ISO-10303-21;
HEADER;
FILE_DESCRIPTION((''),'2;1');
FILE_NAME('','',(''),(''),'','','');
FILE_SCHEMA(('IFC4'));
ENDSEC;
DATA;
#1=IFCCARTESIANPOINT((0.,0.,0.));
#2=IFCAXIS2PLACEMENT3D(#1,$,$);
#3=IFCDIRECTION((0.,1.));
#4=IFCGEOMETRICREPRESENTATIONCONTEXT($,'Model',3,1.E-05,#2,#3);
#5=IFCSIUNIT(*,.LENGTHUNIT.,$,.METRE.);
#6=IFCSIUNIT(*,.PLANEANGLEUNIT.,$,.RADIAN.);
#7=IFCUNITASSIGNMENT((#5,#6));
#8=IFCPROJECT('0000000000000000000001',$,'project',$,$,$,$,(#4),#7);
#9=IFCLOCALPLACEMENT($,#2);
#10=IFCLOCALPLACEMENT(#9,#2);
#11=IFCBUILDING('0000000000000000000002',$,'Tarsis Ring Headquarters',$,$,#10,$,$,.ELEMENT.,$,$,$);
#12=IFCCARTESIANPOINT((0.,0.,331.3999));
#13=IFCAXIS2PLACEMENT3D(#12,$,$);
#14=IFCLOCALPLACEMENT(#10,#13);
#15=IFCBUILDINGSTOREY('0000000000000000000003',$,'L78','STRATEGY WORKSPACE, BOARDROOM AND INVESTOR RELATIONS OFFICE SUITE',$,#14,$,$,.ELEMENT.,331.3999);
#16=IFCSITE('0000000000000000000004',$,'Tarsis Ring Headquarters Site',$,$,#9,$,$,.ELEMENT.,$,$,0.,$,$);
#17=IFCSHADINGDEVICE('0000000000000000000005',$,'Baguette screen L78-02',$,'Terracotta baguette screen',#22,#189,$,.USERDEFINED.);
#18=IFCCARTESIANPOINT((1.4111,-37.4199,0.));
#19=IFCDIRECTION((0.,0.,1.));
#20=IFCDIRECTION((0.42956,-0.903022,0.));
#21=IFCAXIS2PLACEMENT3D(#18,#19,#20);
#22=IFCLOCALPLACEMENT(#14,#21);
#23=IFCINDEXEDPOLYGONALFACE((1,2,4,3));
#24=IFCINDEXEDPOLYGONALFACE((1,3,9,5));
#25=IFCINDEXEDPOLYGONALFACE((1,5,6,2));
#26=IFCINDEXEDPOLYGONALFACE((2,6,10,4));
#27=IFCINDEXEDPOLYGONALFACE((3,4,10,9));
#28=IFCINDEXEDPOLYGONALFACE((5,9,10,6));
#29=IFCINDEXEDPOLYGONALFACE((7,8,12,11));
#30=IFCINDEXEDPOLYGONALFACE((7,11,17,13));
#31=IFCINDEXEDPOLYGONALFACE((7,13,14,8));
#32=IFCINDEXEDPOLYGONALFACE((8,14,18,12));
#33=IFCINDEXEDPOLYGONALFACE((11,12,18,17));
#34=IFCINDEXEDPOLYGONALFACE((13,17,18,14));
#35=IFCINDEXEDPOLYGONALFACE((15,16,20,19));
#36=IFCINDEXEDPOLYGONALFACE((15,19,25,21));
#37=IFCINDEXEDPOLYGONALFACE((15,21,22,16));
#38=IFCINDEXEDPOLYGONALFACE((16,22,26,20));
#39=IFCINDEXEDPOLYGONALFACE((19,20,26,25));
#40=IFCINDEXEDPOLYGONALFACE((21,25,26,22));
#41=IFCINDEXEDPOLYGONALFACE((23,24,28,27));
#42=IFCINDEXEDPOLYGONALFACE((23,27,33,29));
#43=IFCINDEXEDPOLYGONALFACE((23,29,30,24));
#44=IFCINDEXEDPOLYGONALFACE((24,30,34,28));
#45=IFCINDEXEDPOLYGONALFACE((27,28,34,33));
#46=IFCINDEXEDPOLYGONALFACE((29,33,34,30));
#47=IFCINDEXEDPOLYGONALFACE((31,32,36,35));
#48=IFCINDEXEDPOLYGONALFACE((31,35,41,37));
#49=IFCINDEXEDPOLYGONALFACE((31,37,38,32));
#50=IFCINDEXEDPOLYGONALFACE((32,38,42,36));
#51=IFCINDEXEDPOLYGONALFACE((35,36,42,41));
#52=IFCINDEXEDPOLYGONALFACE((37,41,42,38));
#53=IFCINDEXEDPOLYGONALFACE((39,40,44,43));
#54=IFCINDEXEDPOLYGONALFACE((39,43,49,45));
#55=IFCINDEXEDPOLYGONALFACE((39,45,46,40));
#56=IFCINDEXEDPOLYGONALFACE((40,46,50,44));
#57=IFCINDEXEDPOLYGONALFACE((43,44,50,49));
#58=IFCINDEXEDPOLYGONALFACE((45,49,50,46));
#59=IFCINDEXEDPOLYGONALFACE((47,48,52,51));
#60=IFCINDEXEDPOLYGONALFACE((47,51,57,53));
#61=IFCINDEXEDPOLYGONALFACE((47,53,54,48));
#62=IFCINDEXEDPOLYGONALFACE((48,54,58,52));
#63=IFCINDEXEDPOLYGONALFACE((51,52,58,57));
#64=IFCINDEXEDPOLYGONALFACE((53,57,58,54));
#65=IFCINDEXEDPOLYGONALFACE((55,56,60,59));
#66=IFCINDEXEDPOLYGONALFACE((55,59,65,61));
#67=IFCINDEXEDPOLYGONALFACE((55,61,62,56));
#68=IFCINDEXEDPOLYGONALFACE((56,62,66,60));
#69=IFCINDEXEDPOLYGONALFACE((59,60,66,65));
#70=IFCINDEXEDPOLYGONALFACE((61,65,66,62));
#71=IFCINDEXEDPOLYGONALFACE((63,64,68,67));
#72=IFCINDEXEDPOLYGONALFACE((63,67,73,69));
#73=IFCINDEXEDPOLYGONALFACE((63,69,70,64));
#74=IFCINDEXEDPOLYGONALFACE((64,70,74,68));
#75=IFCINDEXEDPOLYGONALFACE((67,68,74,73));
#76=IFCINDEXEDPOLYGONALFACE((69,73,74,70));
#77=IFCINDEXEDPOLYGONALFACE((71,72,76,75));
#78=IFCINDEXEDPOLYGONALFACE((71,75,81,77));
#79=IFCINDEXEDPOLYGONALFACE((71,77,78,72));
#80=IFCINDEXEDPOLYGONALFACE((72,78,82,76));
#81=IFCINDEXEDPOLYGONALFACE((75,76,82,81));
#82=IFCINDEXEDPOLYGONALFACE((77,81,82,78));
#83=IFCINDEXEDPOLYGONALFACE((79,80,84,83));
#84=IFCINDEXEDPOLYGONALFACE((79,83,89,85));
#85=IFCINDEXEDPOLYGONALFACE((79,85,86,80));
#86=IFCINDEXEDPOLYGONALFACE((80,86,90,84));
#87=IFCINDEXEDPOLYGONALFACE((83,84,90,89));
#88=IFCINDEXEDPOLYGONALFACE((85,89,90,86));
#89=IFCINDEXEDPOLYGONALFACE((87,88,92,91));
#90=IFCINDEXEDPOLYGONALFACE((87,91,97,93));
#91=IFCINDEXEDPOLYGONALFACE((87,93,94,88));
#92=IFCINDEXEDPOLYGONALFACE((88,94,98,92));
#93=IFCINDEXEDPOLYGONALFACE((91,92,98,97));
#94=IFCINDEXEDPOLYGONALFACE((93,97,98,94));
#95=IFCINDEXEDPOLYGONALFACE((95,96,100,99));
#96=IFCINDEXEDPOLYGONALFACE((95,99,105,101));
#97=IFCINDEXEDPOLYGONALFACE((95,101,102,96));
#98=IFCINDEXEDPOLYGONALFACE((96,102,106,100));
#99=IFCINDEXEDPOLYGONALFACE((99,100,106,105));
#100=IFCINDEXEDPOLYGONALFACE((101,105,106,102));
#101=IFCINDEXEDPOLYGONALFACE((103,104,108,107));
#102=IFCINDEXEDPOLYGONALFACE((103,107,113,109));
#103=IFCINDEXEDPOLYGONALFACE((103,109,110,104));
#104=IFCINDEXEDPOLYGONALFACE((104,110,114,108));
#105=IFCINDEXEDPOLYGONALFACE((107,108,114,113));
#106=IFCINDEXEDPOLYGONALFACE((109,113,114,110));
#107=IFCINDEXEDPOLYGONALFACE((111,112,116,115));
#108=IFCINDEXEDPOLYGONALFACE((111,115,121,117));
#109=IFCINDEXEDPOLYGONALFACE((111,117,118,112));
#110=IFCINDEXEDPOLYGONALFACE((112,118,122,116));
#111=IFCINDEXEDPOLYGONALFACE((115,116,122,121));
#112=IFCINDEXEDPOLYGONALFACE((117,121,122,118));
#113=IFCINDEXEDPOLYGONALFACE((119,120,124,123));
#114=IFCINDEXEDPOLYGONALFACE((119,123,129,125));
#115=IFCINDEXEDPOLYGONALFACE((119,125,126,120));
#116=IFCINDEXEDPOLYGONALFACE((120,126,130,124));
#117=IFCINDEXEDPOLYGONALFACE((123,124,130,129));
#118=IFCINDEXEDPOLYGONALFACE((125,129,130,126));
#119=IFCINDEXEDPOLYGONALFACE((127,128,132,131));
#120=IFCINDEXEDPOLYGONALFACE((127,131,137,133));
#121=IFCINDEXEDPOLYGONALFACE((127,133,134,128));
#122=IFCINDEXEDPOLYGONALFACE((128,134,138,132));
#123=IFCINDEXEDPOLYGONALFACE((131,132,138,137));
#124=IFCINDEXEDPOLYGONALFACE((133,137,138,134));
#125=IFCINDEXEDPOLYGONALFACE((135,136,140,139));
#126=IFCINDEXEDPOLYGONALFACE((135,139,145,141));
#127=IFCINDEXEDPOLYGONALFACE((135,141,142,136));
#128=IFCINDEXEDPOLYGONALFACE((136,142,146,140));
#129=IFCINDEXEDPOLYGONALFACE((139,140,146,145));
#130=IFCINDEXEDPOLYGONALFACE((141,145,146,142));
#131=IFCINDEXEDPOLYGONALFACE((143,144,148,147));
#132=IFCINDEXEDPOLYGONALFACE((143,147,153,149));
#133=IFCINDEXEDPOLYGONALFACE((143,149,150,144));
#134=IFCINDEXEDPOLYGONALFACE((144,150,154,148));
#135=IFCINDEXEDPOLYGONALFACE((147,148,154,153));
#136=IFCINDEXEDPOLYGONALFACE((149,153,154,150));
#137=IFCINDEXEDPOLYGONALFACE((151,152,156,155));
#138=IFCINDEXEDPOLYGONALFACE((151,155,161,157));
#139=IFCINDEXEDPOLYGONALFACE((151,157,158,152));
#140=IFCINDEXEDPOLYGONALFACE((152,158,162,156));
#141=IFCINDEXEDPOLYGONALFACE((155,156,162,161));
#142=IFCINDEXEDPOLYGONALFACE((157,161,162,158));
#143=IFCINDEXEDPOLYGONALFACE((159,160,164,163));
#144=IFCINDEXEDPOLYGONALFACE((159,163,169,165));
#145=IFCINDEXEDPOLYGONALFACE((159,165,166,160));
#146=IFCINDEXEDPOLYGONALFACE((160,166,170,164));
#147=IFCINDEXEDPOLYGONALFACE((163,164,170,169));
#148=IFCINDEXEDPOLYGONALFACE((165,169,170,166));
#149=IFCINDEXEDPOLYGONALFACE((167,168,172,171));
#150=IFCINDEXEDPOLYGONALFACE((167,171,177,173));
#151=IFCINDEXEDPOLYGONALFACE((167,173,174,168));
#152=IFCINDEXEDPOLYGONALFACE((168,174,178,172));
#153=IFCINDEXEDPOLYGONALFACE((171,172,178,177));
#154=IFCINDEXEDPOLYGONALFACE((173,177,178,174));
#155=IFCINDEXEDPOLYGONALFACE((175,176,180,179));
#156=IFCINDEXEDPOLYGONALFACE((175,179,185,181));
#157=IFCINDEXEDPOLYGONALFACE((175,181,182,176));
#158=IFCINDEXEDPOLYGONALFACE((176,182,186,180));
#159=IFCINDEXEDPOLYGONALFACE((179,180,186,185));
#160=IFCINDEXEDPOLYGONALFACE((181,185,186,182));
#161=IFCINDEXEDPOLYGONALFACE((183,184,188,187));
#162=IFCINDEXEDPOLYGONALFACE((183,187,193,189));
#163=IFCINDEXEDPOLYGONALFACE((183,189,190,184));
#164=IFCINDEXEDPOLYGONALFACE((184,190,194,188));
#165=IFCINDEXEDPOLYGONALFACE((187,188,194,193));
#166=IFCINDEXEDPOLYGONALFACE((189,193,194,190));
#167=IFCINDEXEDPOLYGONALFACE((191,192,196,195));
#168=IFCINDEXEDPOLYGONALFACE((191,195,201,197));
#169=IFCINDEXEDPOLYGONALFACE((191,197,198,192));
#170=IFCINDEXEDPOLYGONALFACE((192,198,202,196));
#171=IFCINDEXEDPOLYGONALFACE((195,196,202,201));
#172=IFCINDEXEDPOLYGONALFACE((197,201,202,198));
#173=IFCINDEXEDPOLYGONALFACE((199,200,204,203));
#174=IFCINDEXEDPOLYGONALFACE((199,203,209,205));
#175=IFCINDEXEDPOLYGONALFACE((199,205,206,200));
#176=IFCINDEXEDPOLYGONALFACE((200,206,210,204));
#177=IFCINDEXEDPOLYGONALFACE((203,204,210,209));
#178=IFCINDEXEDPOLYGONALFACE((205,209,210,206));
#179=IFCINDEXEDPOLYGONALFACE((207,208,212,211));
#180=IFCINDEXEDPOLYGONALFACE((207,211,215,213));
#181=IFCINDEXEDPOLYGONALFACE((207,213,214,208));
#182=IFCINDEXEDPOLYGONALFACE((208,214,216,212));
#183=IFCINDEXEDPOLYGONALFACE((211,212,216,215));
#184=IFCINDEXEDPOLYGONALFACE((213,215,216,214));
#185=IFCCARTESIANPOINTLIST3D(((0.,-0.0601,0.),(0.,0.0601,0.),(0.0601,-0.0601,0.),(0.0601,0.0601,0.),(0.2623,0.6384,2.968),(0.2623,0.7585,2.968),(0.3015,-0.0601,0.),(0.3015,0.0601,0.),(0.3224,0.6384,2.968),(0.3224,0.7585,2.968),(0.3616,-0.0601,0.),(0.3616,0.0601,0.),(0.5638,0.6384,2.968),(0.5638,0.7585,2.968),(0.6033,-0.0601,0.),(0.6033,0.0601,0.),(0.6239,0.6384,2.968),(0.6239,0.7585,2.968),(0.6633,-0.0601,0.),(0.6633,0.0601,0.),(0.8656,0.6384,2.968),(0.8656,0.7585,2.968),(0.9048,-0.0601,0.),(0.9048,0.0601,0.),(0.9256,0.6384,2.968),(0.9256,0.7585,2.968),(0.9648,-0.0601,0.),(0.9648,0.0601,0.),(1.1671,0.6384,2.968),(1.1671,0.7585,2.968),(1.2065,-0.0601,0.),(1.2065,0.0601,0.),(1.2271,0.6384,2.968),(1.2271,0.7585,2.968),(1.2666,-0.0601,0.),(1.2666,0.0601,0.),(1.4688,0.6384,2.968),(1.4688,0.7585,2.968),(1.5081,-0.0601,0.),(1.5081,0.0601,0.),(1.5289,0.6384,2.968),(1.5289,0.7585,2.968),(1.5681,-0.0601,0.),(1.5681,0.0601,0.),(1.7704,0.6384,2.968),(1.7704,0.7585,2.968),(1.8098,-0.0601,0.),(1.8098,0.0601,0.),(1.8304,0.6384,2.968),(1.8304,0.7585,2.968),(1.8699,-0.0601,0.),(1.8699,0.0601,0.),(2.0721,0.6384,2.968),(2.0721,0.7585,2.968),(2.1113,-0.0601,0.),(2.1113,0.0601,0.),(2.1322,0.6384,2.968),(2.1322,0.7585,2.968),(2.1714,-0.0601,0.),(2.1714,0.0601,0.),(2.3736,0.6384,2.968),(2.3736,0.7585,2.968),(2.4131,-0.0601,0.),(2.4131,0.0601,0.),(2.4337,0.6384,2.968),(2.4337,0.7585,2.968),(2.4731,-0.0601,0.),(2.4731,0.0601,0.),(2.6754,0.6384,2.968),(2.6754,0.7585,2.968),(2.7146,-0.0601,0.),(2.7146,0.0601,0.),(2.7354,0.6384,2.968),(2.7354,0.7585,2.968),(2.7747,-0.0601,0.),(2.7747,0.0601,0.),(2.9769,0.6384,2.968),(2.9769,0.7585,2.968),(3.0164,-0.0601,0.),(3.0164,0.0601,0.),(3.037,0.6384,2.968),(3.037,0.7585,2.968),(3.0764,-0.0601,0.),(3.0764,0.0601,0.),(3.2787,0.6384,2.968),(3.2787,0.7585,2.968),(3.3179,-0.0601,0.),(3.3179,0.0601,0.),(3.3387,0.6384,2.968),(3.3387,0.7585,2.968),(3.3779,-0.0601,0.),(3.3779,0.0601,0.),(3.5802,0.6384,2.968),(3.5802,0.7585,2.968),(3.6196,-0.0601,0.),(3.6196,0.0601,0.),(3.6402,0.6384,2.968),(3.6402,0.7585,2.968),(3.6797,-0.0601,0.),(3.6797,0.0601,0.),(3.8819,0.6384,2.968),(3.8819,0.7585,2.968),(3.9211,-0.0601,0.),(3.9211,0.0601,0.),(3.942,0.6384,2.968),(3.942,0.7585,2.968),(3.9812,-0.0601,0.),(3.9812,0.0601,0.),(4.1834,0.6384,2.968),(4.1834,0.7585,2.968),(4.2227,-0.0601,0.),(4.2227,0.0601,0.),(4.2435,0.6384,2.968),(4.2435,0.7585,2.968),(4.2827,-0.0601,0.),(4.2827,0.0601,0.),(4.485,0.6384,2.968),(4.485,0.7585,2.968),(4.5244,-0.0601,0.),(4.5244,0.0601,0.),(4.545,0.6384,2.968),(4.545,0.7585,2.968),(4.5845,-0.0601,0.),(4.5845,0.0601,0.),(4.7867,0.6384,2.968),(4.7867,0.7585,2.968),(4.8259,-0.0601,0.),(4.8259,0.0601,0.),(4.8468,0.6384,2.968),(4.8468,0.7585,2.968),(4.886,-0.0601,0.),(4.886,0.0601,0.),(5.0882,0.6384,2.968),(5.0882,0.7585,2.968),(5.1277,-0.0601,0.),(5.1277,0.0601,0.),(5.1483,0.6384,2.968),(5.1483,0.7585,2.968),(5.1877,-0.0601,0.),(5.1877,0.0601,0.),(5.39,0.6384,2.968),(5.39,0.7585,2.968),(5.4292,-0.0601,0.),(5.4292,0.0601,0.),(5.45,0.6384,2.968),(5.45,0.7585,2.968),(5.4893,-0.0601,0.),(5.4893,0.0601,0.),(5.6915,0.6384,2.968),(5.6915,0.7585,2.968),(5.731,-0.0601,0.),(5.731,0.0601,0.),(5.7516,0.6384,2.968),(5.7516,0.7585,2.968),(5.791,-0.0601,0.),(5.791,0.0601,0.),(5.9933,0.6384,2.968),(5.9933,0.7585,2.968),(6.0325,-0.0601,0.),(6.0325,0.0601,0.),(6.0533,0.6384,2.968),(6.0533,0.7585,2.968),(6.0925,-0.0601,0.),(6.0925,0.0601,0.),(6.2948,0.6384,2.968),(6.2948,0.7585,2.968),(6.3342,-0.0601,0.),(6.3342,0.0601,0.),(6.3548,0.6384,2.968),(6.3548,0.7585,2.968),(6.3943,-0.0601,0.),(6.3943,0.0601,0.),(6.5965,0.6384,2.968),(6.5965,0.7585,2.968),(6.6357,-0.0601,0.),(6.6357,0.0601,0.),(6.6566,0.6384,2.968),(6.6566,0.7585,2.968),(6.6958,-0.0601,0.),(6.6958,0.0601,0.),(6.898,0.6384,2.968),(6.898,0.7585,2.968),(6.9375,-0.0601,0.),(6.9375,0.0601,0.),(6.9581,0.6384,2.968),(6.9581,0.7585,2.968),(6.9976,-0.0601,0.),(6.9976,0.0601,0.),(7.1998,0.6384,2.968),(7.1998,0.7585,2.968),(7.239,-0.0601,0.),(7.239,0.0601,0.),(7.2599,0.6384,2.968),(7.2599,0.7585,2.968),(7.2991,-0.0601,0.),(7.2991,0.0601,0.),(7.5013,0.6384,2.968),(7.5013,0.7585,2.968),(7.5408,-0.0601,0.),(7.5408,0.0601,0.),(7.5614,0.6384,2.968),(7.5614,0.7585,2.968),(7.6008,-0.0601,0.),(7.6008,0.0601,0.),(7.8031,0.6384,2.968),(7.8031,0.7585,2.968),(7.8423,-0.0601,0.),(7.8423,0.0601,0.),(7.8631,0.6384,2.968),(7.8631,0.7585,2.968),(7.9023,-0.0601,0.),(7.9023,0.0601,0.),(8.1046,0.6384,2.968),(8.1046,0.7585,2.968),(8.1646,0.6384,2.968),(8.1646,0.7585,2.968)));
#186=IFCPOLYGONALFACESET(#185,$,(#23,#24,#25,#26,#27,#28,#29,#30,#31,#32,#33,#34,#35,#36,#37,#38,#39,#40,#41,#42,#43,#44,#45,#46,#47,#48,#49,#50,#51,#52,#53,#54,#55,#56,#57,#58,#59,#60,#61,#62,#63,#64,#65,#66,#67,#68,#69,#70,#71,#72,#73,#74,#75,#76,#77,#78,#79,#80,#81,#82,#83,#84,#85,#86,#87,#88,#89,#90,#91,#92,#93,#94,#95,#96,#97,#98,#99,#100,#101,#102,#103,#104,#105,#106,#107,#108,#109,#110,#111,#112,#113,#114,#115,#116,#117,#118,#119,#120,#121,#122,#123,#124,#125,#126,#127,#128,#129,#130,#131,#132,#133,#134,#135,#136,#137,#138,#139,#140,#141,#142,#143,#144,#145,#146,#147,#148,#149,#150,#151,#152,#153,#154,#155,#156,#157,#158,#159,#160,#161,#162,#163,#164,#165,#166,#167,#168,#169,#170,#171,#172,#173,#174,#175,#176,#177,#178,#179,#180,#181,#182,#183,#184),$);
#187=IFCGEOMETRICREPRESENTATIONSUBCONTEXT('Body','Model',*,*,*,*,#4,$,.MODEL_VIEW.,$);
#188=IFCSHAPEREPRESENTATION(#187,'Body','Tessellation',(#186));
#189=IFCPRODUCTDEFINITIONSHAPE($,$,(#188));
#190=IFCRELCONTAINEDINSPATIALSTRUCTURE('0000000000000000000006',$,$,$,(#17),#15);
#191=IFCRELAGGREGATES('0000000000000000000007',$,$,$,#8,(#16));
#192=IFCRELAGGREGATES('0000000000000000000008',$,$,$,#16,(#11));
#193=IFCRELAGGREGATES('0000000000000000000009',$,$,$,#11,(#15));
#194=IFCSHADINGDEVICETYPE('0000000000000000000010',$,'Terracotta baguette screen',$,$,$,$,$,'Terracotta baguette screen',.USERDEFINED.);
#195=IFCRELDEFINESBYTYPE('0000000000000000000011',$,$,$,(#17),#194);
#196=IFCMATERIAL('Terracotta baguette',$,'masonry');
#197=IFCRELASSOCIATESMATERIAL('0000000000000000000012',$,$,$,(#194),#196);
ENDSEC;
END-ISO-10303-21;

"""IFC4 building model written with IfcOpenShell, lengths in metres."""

from ifc_helpers import new_model, si_unit, direction, frame, frame_2d, origin, place, context, subcontext, project, spatial, rectangle, composite_profile, extrude, material, type_object, element, save


model = new_model("IFC4")

# Units and contexts
model_context = context("Model", 3, precision=1e-05, world=origin(), true_north=direction((0.0, 1.0)))
body_context = subcontext(model_context, "Body", "Model", "MODEL_VIEW")
ifc_project = project(units=[si_unit("LENGTHUNIT", "METRE"), si_unit("PLANEANGLEUNIT", "RADIAN")], contexts=[model_context])

# Site, building, storey
site_placement = place(None, origin())
site = spatial("IfcSite", under=ifc_project, at=site_placement, Name="Tarsis Ring Headquarters Site", CompositionType="ELEMENT", RefElevation=0.0)
building_placement = place(site_placement, origin())
building = spatial("IfcBuilding", under=site, at=building_placement, Name="Tarsis Ring Headquarters", CompositionType="ELEMENT")
storey_placement = place(building_placement, frame((0.0, 0.0, 331.3999)))
storey = spatial("IfcBuildingStorey", under=building, at=storey_placement, Name="L78", Description="STRATEGY WORKSPACE, BOARDROOM AND INVESTOR RELATIONS OFFICE SUITE", CompositionType="ELEMENT", Elevation=331.3999)

# Shading device
ifc_material_1 = material(Name="Terracotta baguette", Category="masonry")
shading_device_type_1 = type_object("IfcShadingDeviceType", Name="Terracotta baguette screen", ElementType="Terracotta baguette screen", PredefinedType="USERDEFINED", material=ifc_material_1)
shading_device_1_placement = place(storey_placement, frame((1.4111, -37.4199, 0.0), z_axis=(0.0, 0.0, 1.0), x_axis=(0.42956, -0.903022, 0.0)))
element("IfcShadingDevice", 1, at=shading_device_1_placement, inside=storey, type_object=shading_device_type_1, Name="Baguette screen L78-02", ObjectType="Terracotta baguette screen", PredefinedType="USERDEFINED", context=body_context, shape_type="SweptSolid", body=[
    extrude(composite_profile([rectangle(XDim=0.0601, YDim=0.1201, at=frame_2d((0.03, 0.0))), rectangle(XDim=0.0601, YDim=0.1201, at=frame_2d((0.3315, 0.0))), rectangle(XDim=0.0601, YDim=0.1201, at=frame_2d((0.6333, 0.0))), rectangle(XDim=0.0601, YDim=0.1201, at=frame_2d((0.9348, 0.0))), rectangle(XDim=0.0601, YDim=0.1201, at=frame_2d((1.2366, 0.0))), rectangle(XDim=0.0601, YDim=0.1201, at=frame_2d((1.5381, 0.0))), rectangle(XDim=0.0601, YDim=0.1201, at=frame_2d((1.8398, 0.0))), rectangle(XDim=0.0601, YDim=0.1201, at=frame_2d((2.1414, 0.0))), rectangle(XDim=0.0601, YDim=0.1201, at=frame_2d((2.4431, 0.0))), rectangle(XDim=0.0601, YDim=0.1201, at=frame_2d((2.7446, 0.0))), rectangle(XDim=0.0601, YDim=0.1201, at=frame_2d((3.0464, 0.0))), rectangle(XDim=0.0601, YDim=0.1201, at=frame_2d((3.3479, 0.0))), rectangle(XDim=0.0601, YDim=0.1201, at=frame_2d((3.6497, 0.0))), rectangle(XDim=0.0601, YDim=0.1201, at=frame_2d((3.9512, 0.0))), rectangle(XDim=0.0601, YDim=0.1201, at=frame_2d((4.2527, 0.0))), rectangle(XDim=0.0601, YDim=0.1201, at=frame_2d((4.5544, 0.0))), rectangle(XDim=0.0601, YDim=0.1201, at=frame_2d((4.856, 0.0))), rectangle(XDim=0.0601, YDim=0.1201, at=frame_2d((5.1577, 0.0))), rectangle(XDim=0.0601, YDim=0.1201, at=frame_2d((5.4592, 0.0))), rectangle(XDim=0.0601, YDim=0.1201, at=frame_2d((5.761, 0.0))), rectangle(XDim=0.0601, YDim=0.1201, at=frame_2d((6.0625, 0.0))), rectangle(XDim=0.0601, YDim=0.1201, at=frame_2d((6.3643, 0.0))), rectangle(XDim=0.0601, YDim=0.1201, at=frame_2d((6.6658, 0.0))), rectangle(XDim=0.0601, YDim=0.1201, at=frame_2d((6.9675, 0.0))), rectangle(XDim=0.0601, YDim=0.1201, at=frame_2d((7.269, 0.0))), rectangle(XDim=0.0601, YDim=0.1201, at=frame_2d((7.5708, 0.0))), rectangle(XDim=0.0601, YDim=0.1201, at=frame_2d((7.8723, 0.0)))]), origin(), (0.085711, 0.228233, 0.969826), 3.0603),
])

save(model, "model.ifc")
